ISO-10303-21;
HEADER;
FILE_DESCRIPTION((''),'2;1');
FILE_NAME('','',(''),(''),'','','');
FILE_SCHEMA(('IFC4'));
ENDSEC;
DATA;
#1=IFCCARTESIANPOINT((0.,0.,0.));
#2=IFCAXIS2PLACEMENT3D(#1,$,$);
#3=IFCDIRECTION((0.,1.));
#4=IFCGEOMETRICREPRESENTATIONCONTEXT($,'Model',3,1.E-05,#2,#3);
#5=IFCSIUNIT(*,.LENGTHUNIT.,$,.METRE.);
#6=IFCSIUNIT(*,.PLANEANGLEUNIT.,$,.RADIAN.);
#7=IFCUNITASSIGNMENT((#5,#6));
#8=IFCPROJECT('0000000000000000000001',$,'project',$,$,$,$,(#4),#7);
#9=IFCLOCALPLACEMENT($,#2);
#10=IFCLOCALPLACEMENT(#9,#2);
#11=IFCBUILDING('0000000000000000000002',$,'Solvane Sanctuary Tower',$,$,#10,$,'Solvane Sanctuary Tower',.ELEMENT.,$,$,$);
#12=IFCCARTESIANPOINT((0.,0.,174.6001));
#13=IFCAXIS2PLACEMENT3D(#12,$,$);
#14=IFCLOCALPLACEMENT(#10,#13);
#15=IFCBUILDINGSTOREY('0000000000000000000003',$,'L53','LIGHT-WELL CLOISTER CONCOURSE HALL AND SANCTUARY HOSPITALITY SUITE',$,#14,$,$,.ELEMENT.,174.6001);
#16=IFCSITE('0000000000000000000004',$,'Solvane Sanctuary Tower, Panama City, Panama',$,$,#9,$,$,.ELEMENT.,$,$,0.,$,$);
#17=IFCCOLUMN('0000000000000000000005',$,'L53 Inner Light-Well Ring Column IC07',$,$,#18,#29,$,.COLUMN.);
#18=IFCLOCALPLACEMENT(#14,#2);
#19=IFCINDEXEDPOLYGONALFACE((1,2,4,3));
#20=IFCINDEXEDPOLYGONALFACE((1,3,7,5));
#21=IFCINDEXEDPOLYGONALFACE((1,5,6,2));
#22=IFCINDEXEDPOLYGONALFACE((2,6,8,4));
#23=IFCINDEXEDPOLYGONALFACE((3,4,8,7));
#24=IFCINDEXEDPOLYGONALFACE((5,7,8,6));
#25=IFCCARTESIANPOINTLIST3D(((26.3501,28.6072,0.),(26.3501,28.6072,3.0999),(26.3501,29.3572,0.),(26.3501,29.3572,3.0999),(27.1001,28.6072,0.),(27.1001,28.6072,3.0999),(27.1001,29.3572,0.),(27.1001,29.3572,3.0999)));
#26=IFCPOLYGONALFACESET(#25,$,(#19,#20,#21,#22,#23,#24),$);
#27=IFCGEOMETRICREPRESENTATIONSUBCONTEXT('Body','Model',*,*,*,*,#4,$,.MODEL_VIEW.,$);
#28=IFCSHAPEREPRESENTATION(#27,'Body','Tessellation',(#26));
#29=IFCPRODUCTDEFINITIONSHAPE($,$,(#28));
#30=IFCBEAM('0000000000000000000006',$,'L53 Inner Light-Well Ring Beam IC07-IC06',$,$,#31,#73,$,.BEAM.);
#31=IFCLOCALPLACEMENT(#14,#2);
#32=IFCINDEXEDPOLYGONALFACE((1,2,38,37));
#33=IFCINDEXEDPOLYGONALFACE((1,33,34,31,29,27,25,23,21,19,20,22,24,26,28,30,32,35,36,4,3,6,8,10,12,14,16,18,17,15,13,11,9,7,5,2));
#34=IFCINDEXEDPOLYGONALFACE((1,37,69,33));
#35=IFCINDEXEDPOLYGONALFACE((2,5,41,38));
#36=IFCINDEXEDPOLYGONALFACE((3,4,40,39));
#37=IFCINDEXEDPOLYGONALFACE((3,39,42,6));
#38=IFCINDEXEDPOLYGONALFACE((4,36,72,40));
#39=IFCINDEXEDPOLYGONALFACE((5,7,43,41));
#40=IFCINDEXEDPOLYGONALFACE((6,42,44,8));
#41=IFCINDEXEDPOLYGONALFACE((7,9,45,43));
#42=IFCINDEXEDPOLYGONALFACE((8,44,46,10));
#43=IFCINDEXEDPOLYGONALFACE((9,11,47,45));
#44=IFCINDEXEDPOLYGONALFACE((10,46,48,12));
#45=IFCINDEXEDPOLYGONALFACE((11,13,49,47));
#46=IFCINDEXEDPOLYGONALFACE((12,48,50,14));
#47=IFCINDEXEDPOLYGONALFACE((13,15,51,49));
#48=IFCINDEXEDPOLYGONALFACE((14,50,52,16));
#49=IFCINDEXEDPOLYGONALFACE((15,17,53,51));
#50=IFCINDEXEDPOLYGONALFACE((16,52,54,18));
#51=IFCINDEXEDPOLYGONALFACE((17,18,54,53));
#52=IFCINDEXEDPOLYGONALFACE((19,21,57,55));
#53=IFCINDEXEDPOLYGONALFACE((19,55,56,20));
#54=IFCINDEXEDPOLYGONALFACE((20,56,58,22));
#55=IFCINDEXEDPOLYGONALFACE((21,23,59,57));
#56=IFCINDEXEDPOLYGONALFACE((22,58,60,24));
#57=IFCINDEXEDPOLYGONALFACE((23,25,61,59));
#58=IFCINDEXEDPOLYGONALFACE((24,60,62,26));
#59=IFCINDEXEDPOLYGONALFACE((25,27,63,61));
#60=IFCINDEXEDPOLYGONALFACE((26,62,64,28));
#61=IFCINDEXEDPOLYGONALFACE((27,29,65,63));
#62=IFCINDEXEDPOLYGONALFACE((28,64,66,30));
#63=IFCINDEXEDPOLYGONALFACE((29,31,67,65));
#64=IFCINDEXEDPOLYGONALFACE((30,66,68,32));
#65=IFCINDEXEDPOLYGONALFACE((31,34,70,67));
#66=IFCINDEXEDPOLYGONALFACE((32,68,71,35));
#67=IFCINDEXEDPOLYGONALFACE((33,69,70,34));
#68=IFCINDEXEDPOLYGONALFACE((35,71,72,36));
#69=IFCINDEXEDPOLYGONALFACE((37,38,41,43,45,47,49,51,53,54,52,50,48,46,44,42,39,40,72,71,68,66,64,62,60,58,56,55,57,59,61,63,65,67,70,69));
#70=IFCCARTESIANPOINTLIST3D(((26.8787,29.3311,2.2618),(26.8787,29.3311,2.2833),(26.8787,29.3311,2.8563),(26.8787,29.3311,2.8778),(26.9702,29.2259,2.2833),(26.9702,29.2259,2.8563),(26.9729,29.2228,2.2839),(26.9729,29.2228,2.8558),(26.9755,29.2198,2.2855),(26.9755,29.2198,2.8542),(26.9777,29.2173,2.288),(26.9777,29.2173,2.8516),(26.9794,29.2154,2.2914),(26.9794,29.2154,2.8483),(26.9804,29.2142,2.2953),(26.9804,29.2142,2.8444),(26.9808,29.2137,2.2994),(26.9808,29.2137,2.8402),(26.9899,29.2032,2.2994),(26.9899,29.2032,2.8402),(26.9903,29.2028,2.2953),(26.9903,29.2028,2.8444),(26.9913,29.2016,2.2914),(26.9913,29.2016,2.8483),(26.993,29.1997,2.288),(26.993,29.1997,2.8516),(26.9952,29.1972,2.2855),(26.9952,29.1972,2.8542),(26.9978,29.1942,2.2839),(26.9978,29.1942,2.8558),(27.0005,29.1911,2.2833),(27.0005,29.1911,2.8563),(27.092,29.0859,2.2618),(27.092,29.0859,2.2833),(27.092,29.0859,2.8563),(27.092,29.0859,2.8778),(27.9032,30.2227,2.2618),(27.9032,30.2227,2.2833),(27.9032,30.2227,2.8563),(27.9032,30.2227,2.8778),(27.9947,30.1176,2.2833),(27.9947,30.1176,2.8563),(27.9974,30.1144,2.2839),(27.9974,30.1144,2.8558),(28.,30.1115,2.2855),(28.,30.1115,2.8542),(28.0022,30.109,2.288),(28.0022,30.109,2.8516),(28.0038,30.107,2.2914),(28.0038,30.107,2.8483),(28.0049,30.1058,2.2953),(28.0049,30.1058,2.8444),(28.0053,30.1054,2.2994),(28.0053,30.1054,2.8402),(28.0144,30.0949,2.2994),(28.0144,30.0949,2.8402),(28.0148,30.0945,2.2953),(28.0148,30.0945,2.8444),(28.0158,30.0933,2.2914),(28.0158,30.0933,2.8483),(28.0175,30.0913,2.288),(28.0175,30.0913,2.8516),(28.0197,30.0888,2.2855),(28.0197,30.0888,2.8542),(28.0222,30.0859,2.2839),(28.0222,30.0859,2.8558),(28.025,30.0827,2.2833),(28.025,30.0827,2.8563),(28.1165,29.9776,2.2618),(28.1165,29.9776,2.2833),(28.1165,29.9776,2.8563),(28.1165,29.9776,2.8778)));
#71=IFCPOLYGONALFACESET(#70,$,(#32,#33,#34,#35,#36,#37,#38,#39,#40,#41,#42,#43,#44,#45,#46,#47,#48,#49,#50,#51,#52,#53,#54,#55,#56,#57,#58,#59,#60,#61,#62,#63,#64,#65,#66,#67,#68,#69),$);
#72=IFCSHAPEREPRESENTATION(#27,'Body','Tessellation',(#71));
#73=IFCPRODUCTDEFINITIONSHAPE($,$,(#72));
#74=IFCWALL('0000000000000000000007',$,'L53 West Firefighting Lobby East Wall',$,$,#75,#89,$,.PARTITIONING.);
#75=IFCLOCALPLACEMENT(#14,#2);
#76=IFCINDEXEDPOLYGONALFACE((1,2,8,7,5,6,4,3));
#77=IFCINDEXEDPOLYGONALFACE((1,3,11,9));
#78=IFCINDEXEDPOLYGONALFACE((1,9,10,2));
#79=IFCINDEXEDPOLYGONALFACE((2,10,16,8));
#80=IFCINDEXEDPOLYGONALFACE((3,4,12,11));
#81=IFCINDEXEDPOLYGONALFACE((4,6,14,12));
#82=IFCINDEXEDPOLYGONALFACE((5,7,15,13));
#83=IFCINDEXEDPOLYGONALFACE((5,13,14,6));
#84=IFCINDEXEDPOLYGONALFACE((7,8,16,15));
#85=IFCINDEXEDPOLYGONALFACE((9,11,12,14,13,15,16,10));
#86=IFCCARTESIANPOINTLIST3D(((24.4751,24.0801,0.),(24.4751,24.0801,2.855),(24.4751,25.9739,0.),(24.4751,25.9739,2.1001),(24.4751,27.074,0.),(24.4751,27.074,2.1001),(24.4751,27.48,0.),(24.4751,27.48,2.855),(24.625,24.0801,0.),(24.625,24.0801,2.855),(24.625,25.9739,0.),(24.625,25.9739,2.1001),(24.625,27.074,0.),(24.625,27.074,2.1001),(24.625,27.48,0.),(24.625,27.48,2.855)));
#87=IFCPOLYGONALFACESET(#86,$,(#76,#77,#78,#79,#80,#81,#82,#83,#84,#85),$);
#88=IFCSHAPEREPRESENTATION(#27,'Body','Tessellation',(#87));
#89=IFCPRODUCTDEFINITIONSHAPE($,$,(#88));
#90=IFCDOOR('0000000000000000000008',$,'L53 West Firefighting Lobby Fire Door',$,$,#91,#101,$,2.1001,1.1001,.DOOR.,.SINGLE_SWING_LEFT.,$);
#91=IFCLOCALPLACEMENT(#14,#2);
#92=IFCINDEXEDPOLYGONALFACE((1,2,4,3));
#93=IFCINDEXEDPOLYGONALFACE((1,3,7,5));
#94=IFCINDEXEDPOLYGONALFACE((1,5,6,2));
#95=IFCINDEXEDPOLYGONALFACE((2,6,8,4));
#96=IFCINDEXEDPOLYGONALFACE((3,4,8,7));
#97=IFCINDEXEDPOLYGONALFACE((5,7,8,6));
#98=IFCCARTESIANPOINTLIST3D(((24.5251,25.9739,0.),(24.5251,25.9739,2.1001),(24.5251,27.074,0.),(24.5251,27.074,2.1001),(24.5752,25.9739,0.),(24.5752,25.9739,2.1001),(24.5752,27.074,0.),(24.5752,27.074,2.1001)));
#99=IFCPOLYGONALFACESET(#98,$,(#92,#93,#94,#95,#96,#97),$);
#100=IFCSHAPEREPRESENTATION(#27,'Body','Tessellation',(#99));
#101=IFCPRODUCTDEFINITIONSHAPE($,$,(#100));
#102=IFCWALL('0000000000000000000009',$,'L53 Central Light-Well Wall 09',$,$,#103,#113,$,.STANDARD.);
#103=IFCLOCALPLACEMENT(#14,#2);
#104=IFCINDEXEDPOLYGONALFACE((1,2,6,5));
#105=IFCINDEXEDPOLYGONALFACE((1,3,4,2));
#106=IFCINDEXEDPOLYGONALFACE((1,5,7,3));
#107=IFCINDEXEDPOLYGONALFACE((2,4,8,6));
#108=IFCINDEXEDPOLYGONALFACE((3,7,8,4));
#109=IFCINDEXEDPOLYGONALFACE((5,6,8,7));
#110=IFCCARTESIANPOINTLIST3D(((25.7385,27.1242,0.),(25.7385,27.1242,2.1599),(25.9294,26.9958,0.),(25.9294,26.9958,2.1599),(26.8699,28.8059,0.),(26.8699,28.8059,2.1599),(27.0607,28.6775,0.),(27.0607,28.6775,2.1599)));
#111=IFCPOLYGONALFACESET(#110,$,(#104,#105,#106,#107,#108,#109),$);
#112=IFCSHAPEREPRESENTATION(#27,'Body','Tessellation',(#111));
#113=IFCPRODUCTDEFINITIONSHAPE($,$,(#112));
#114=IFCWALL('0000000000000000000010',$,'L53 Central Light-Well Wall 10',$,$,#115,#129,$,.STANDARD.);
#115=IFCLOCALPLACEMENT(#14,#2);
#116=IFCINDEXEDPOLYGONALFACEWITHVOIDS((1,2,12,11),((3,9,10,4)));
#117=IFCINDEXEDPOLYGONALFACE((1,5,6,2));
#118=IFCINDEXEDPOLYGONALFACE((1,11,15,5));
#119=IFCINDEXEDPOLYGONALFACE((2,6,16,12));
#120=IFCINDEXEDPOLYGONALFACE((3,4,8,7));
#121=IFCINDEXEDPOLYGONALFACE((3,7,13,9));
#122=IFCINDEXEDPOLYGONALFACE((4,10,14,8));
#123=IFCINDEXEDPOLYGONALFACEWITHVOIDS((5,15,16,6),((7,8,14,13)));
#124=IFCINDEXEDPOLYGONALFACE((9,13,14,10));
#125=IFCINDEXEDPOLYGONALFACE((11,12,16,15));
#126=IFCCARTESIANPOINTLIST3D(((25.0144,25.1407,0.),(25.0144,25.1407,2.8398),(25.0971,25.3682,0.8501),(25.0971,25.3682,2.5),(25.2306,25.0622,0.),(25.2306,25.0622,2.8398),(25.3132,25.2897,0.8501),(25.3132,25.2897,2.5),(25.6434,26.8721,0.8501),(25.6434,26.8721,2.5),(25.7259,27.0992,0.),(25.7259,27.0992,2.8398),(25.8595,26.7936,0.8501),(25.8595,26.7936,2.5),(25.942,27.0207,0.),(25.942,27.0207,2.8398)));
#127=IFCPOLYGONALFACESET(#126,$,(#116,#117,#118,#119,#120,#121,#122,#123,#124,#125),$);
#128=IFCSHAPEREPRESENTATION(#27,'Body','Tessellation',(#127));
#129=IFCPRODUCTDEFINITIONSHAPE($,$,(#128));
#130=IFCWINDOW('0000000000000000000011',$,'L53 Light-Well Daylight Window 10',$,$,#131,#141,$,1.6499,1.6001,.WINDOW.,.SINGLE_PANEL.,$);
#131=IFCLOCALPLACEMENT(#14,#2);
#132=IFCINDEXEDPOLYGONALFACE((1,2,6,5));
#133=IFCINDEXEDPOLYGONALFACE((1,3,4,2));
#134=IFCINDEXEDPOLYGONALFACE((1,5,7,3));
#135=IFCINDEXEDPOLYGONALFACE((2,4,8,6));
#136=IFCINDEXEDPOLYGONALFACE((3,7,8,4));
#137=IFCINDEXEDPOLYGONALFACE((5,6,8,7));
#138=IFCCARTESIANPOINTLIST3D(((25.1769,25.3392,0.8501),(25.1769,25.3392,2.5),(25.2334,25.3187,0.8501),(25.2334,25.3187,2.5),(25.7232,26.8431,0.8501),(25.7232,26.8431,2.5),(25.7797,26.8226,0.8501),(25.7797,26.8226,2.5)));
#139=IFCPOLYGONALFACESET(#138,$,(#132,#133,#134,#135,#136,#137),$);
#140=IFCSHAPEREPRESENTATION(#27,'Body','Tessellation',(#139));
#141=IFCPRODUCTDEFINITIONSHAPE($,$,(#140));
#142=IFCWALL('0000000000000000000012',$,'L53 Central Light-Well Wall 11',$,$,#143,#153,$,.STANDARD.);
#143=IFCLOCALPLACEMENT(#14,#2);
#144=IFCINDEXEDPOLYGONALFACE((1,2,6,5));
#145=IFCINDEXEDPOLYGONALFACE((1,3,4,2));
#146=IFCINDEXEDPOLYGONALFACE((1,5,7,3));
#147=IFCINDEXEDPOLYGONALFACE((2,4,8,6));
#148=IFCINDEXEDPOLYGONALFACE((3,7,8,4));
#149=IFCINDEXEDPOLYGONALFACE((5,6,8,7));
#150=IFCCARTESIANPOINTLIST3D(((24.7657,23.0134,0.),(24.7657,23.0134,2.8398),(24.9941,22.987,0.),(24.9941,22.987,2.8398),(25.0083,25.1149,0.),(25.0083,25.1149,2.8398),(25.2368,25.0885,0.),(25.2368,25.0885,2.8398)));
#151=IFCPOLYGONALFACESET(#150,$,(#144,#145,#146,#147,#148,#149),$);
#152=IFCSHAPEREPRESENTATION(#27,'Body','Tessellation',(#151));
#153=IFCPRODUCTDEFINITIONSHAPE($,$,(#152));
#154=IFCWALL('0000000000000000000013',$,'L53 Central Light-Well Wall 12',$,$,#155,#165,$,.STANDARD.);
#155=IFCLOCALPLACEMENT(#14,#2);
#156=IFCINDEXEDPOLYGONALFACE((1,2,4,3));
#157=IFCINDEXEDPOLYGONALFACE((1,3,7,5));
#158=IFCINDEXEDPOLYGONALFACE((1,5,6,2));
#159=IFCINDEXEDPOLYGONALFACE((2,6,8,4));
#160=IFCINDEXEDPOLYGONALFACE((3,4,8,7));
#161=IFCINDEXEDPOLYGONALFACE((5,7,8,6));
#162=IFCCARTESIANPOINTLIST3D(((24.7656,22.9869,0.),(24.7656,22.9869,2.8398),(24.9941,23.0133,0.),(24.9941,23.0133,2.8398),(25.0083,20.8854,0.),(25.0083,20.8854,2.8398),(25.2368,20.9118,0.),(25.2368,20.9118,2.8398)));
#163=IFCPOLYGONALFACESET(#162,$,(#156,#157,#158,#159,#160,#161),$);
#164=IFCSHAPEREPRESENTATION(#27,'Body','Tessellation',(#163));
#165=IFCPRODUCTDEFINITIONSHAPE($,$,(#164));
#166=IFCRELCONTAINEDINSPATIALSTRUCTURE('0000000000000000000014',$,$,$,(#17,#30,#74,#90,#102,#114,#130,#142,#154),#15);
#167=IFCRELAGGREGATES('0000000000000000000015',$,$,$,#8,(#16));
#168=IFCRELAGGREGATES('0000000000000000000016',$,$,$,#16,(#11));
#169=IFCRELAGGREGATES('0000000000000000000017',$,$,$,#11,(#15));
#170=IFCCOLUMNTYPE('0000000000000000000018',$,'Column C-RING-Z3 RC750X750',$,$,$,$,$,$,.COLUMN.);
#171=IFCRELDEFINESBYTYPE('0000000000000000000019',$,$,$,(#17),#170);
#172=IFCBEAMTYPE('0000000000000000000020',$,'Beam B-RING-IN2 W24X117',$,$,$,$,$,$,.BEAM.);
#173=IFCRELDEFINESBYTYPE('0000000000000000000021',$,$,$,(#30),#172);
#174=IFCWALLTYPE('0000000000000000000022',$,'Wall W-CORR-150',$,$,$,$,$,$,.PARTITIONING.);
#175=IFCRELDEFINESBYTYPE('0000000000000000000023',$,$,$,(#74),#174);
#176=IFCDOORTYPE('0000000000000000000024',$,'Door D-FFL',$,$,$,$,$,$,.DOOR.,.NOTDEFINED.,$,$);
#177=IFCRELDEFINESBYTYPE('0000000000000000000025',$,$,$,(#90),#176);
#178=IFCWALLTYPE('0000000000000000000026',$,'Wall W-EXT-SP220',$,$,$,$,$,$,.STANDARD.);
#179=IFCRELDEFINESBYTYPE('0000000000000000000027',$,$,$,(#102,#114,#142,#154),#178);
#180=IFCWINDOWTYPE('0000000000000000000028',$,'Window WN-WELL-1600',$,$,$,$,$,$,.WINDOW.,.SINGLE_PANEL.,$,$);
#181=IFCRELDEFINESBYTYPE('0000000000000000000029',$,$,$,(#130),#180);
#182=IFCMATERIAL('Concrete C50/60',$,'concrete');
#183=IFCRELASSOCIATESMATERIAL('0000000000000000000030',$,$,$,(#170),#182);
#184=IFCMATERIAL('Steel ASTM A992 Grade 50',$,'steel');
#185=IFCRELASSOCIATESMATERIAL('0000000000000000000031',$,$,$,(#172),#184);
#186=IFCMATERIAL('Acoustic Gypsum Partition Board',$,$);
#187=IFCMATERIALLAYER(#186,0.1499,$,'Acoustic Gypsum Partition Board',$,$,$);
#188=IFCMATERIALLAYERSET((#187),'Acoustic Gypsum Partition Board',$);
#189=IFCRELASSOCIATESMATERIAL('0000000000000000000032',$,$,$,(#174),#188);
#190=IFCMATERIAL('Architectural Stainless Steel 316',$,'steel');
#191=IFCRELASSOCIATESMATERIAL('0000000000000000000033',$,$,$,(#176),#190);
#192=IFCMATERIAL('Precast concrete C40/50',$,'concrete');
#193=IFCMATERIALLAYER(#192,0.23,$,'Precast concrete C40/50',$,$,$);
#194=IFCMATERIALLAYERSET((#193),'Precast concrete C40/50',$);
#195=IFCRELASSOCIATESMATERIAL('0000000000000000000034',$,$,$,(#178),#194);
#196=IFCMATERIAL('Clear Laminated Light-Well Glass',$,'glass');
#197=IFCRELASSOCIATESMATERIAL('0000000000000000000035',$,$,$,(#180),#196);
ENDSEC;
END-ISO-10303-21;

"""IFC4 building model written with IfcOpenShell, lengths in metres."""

from ifc_helpers import new_model, si_unit, direction, frame, frame_2d, origin, origin_2d, place, context, subcontext, project, spatial, rectangle, i_section, extrude, material, layer, layer_set, material_profile, profile_set, type_object, element, fill, save


model = new_model("IFC4")

# Units and contexts
model_context = context("Model", 3, precision=1e-05, world=origin(), true_north=direction((0.0, 1.0)))
body_context = subcontext(model_context, "Body", "Model", "MODEL_VIEW")
ifc_project = project(units=[si_unit("LENGTHUNIT", "METRE"), si_unit("PLANEANGLEUNIT", "RADIAN")], contexts=[model_context])

# Site, building, storey
site_placement = place(None, origin())
site = spatial("IfcSite", under=ifc_project, at=site_placement, Name="Solvane Sanctuary Tower, Panama City, Panama", CompositionType="ELEMENT", RefElevation=0.0)
building_placement = place(site_placement, origin())
building = spatial("IfcBuilding", under=site, at=building_placement, Name="Solvane Sanctuary Tower", LongName="Solvane Sanctuary Tower", CompositionType="ELEMENT")
storey_placement = place(building_placement, frame((0.0, 0.0, 174.6001)))
storey = spatial("IfcBuildingStorey", under=building, at=storey_placement, Name="L53", Description="LIGHT-WELL CLOISTER CONCOURSE HALL AND SANCTUARY HOSPITALITY SUITE", CompositionType="ELEMENT", Elevation=174.6001)

# Column
ifc_material_1 = material(Name="Concrete C50/60", Category="concrete")
ifc_material_profile_1 = material_profile(ifc_material_1, rectangle(XDim=0.75, YDim=0.75, at=origin_2d()), Name="RC750X750")
ifc_profile_set_1 = profile_set([ifc_material_profile_1], Name="Concrete C50/60")
column_type = type_object("IfcColumnType", Name="Column C-RING-Z3 RC750X750", PredefinedType="COLUMN", material=ifc_profile_set_1)
column_placement = place(storey_placement, frame((26.7251, 28.9822, 0.0), z_axis=(0.0, 0.0, 1.0), x_axis=(1.0, 0.0, 0.0)))
element("IfcColumn", 1, at=column_placement, inside=storey, type_object=column_type, Name="L53 Inner Light-Well Ring Column IC07", PredefinedType="COLUMN", context=body_context, shape_type="SweptSolid", body=[
    extrude(rectangle(XDim=0.75, YDim=0.75, at=origin_2d()), origin(), (0.0, 0.0, 1.0), 3.0999),
])

# Beam
ifc_material_2 = material(Name="Steel ASTM A992 Grade 50", Category="steel")
ifc_material_profile_2 = material_profile(ifc_material_2, i_section(OverallWidth=0.325, OverallDepth=0.616, WebThickness=0.0139, FlangeThickness=0.0215, FilletRadius=0.0161, at=origin_2d()), Name="W24X117")
ifc_profile_set_2 = profile_set([ifc_material_profile_2], Name="Steel ASTM A992 Grade 50")
beam_type = type_object("IfcBeamType", Name="Beam B-RING-IN2 W24X117", PredefinedType="BEAM", material=ifc_profile_set_2)
beam_placement = place(storey_placement, frame((26.9854, 29.2085, 2.5698), z_axis=(0.754311, 0.656517, 0.0), x_axis=(-0.656517, 0.754311, 0.0)))
element("IfcBeam", 2, at=beam_placement, inside=storey, type_object=beam_type, Name="L53 Inner Light-Well Ring Beam IC07-IC06", PredefinedType="BEAM", context=body_context, shape_type="SweptSolid", body=[
    extrude(i_section(OverallWidth=0.325, OverallDepth=0.616, WebThickness=0.0139, FlangeThickness=0.0215, FilletRadius=0.0161, at=origin_2d()), origin(), (0.0, 0.0, 1.0), 1.3582),
])

# Wall, opening, door
ifc_material_3 = material(Name="Acoustic Gypsum Partition Board")
ifc_layer_1 = layer(ifc_material_3, 0.1499, Name="Acoustic Gypsum Partition Board")
ifc_layer_set_1 = layer_set([ifc_layer_1], Name="Acoustic Gypsum Partition Board")
wall_type_1 = type_object("IfcWallType", Name="Wall W-CORR-150", PredefinedType="PARTITIONING", material=ifc_layer_set_1)
wall_1_placement = place(storey_placement, frame((24.55, 24.0801, 0.0), z_axis=(0.0, 0.0, 1.0), x_axis=(0.0, 1.0, 0.0)))
wall_1 = element("IfcWall", 3, at=wall_1_placement, inside=storey, type_object=wall_type_1, Name="L53 West Firefighting Lobby East Wall", PredefinedType="PARTITIONING", context=body_context, shape_type="SweptSolid", body=[
    extrude(rectangle(XDim=3.3999, YDim=0.1499, at=frame_2d((1.7, 0.0))), origin(), (0.0, 0.0, 1.0), 2.855),
])
opening_1_placement = place(wall_1_placement, frame((1.8938, 0.0, 0.0)))
opening_1 = element("IfcOpeningElement", 4, at=opening_1_placement, cuts=wall_1, PredefinedType="OPENING", context=body_context, shape_type="SweptSolid", body=[
    extrude(rectangle(XDim=1.1001, YDim=2.1001, at=frame_2d((0.55, 1.05))), frame((0.0, 0.085, 0.0), z_axis=(0.0, -1.0, 0.0), x_axis=(1.0, 0.0, 0.0)), (0.0, 0.0, 1.0), 0.1699),
])
ifc_material_4 = material(Name="Architectural Stainless Steel 316", Category="steel")
door_type_1 = type_object("IfcDoorType", Name="Door D-FFL", OperationType="NOTDEFINED", PredefinedType="DOOR", material=ifc_material_4)
door_1_placement = place(opening_1_placement, origin())
door_1 = element("IfcDoor", 5, at=door_1_placement, inside=storey, type_object=door_type_1, Name="L53 West Firefighting Lobby Fire Door", OperationType="SINGLE_SWING_LEFT", OverallHeight=2.1001, OverallWidth=1.1001, PredefinedType="DOOR", context=body_context, shape_type="SweptSolid", body=[
    extrude(rectangle(XDim=1.1001, YDim=2.1001, at=frame_2d((0.55, 1.05))), frame((0.0, 0.0249, 0.0), z_axis=(0.0, -1.0, 0.0), x_axis=(1.0, 0.0, 0.0)), (0.0, 0.0, 1.0), 0.05),
])
fill(opening_1, door_1)

# Wall
ifc_material_5 = material(Name="Precast concrete C40/50", Category="concrete")
ifc_layer_2 = layer(ifc_material_5, 0.23, Name="Precast concrete C40/50")
ifc_layer_set_2 = layer_set([ifc_layer_2], Name="Precast concrete C40/50")
wall_type_2 = type_object("IfcWallType", Name="Wall W-EXT-SP220", PredefinedType="STANDARD", material=ifc_layer_set_2)
wall_2_placement = place(storey_placement, frame((26.9653, 28.7417, 0.0), z_axis=(0.0, 0.0, 1.0), x_axis=(-0.558198, -0.829708, 0.0)))
element("IfcWall", 6, at=wall_2_placement, inside=storey, type_object=wall_type_2, Name="L53 Central Light-Well Wall 09", PredefinedType="STANDARD", context=body_context, shape_type="SweptSolid", body=[
    extrude(rectangle(XDim=2.0269, YDim=0.23, at=frame_2d((1.0134, 0.0))), origin(), (0.0, 0.0, 1.0), 2.1599),
])

# Wall, opening, window
wall_3_placement = place(storey_placement, frame((25.834, 27.0601, 0.0), z_axis=(0.0, 0.0, 1.0), x_axis=(-0.341423, -0.93991, 0.0)))
wall_3 = element("IfcWall", 7, at=wall_3_placement, inside=storey, type_object=wall_type_2, Name="L53 Central Light-Well Wall 10", PredefinedType="STANDARD", context=body_context, shape_type="SweptSolid", body=[
    extrude(rectangle(XDim=2.0837, YDim=0.23, at=frame_2d((1.042, 0.0))), origin(), (0.0, 0.0, 1.0), 2.8398),
])
opening_2_placement = place(wall_3_placement, frame((0.2417, 0.0, 0.8501)))
opening_2 = element("IfcOpeningElement", 8, at=opening_2_placement, cuts=wall_3, PredefinedType="OPENING", context=body_context, shape_type="SweptSolid", body=[
    extrude(rectangle(XDim=1.6001, YDim=1.6499, at=frame_2d((0.8, 0.825))), frame((0.0, 0.125, 0.0), z_axis=(0.0, -1.0, 0.0), x_axis=(1.0, 0.0, 0.0)), (0.0, 0.0, 1.0), 0.25),
])
ifc_material_6 = material(Name="Clear Laminated Light-Well Glass", Category="glass")
window_type = type_object("IfcWindowType", Name="Window WN-WELL-1600", PartitioningType="SINGLE_PANEL", PredefinedType="WINDOW", material=ifc_material_6)
window_1_placement = place(opening_2_placement, origin())
window_1 = element("IfcWindow", 9, at=window_1_placement, inside=storey, type_object=window_type, Name="L53 Light-Well Daylight Window 10", OverallHeight=1.6499, OverallWidth=1.6001, PartitioningType="SINGLE_PANEL", PredefinedType="WINDOW", context=body_context, shape_type="SweptSolid", body=[
    extrude(rectangle(XDim=1.6001, YDim=1.6499, at=frame_2d((0.8, 0.825))), frame((0.0, 0.03, 0.0), z_axis=(0.0, -1.0, 0.0), x_axis=(1.0, 0.0, 0.0)), (0.0, 0.0, 1.0), 0.0601),
])
fill(opening_2, window_1)

# Walls
for number, where, z_axis, x_axis, name in (
    (10, (25.1226, 25.1016, 0.0), (0.0, 0.0, 1.0), (-0.114712, -0.993399, 0.0), "L53 Central Light-Well Wall 11"),
    (11, (24.8799, 23.0, 0.0), (0.0, 0.0, 1.0), (0.114712, -0.993399, 0.0), "L53 Central Light-Well Wall 12"),
):
    element("IfcWall", number, at=place(storey_placement, frame(where, z_axis=z_axis, x_axis=x_axis)), inside=storey, type_object=wall_type_2, Name=name, PredefinedType="STANDARD", context=body_context, shape_type="SweptSolid", body=[
        extrude(rectangle(XDim=2.1155, YDim=0.23, at=frame_2d((1.0576, 0.0))), origin(), (0.0, 0.0, 1.0), 2.8398),
    ])

save(model, "model.ifc")
